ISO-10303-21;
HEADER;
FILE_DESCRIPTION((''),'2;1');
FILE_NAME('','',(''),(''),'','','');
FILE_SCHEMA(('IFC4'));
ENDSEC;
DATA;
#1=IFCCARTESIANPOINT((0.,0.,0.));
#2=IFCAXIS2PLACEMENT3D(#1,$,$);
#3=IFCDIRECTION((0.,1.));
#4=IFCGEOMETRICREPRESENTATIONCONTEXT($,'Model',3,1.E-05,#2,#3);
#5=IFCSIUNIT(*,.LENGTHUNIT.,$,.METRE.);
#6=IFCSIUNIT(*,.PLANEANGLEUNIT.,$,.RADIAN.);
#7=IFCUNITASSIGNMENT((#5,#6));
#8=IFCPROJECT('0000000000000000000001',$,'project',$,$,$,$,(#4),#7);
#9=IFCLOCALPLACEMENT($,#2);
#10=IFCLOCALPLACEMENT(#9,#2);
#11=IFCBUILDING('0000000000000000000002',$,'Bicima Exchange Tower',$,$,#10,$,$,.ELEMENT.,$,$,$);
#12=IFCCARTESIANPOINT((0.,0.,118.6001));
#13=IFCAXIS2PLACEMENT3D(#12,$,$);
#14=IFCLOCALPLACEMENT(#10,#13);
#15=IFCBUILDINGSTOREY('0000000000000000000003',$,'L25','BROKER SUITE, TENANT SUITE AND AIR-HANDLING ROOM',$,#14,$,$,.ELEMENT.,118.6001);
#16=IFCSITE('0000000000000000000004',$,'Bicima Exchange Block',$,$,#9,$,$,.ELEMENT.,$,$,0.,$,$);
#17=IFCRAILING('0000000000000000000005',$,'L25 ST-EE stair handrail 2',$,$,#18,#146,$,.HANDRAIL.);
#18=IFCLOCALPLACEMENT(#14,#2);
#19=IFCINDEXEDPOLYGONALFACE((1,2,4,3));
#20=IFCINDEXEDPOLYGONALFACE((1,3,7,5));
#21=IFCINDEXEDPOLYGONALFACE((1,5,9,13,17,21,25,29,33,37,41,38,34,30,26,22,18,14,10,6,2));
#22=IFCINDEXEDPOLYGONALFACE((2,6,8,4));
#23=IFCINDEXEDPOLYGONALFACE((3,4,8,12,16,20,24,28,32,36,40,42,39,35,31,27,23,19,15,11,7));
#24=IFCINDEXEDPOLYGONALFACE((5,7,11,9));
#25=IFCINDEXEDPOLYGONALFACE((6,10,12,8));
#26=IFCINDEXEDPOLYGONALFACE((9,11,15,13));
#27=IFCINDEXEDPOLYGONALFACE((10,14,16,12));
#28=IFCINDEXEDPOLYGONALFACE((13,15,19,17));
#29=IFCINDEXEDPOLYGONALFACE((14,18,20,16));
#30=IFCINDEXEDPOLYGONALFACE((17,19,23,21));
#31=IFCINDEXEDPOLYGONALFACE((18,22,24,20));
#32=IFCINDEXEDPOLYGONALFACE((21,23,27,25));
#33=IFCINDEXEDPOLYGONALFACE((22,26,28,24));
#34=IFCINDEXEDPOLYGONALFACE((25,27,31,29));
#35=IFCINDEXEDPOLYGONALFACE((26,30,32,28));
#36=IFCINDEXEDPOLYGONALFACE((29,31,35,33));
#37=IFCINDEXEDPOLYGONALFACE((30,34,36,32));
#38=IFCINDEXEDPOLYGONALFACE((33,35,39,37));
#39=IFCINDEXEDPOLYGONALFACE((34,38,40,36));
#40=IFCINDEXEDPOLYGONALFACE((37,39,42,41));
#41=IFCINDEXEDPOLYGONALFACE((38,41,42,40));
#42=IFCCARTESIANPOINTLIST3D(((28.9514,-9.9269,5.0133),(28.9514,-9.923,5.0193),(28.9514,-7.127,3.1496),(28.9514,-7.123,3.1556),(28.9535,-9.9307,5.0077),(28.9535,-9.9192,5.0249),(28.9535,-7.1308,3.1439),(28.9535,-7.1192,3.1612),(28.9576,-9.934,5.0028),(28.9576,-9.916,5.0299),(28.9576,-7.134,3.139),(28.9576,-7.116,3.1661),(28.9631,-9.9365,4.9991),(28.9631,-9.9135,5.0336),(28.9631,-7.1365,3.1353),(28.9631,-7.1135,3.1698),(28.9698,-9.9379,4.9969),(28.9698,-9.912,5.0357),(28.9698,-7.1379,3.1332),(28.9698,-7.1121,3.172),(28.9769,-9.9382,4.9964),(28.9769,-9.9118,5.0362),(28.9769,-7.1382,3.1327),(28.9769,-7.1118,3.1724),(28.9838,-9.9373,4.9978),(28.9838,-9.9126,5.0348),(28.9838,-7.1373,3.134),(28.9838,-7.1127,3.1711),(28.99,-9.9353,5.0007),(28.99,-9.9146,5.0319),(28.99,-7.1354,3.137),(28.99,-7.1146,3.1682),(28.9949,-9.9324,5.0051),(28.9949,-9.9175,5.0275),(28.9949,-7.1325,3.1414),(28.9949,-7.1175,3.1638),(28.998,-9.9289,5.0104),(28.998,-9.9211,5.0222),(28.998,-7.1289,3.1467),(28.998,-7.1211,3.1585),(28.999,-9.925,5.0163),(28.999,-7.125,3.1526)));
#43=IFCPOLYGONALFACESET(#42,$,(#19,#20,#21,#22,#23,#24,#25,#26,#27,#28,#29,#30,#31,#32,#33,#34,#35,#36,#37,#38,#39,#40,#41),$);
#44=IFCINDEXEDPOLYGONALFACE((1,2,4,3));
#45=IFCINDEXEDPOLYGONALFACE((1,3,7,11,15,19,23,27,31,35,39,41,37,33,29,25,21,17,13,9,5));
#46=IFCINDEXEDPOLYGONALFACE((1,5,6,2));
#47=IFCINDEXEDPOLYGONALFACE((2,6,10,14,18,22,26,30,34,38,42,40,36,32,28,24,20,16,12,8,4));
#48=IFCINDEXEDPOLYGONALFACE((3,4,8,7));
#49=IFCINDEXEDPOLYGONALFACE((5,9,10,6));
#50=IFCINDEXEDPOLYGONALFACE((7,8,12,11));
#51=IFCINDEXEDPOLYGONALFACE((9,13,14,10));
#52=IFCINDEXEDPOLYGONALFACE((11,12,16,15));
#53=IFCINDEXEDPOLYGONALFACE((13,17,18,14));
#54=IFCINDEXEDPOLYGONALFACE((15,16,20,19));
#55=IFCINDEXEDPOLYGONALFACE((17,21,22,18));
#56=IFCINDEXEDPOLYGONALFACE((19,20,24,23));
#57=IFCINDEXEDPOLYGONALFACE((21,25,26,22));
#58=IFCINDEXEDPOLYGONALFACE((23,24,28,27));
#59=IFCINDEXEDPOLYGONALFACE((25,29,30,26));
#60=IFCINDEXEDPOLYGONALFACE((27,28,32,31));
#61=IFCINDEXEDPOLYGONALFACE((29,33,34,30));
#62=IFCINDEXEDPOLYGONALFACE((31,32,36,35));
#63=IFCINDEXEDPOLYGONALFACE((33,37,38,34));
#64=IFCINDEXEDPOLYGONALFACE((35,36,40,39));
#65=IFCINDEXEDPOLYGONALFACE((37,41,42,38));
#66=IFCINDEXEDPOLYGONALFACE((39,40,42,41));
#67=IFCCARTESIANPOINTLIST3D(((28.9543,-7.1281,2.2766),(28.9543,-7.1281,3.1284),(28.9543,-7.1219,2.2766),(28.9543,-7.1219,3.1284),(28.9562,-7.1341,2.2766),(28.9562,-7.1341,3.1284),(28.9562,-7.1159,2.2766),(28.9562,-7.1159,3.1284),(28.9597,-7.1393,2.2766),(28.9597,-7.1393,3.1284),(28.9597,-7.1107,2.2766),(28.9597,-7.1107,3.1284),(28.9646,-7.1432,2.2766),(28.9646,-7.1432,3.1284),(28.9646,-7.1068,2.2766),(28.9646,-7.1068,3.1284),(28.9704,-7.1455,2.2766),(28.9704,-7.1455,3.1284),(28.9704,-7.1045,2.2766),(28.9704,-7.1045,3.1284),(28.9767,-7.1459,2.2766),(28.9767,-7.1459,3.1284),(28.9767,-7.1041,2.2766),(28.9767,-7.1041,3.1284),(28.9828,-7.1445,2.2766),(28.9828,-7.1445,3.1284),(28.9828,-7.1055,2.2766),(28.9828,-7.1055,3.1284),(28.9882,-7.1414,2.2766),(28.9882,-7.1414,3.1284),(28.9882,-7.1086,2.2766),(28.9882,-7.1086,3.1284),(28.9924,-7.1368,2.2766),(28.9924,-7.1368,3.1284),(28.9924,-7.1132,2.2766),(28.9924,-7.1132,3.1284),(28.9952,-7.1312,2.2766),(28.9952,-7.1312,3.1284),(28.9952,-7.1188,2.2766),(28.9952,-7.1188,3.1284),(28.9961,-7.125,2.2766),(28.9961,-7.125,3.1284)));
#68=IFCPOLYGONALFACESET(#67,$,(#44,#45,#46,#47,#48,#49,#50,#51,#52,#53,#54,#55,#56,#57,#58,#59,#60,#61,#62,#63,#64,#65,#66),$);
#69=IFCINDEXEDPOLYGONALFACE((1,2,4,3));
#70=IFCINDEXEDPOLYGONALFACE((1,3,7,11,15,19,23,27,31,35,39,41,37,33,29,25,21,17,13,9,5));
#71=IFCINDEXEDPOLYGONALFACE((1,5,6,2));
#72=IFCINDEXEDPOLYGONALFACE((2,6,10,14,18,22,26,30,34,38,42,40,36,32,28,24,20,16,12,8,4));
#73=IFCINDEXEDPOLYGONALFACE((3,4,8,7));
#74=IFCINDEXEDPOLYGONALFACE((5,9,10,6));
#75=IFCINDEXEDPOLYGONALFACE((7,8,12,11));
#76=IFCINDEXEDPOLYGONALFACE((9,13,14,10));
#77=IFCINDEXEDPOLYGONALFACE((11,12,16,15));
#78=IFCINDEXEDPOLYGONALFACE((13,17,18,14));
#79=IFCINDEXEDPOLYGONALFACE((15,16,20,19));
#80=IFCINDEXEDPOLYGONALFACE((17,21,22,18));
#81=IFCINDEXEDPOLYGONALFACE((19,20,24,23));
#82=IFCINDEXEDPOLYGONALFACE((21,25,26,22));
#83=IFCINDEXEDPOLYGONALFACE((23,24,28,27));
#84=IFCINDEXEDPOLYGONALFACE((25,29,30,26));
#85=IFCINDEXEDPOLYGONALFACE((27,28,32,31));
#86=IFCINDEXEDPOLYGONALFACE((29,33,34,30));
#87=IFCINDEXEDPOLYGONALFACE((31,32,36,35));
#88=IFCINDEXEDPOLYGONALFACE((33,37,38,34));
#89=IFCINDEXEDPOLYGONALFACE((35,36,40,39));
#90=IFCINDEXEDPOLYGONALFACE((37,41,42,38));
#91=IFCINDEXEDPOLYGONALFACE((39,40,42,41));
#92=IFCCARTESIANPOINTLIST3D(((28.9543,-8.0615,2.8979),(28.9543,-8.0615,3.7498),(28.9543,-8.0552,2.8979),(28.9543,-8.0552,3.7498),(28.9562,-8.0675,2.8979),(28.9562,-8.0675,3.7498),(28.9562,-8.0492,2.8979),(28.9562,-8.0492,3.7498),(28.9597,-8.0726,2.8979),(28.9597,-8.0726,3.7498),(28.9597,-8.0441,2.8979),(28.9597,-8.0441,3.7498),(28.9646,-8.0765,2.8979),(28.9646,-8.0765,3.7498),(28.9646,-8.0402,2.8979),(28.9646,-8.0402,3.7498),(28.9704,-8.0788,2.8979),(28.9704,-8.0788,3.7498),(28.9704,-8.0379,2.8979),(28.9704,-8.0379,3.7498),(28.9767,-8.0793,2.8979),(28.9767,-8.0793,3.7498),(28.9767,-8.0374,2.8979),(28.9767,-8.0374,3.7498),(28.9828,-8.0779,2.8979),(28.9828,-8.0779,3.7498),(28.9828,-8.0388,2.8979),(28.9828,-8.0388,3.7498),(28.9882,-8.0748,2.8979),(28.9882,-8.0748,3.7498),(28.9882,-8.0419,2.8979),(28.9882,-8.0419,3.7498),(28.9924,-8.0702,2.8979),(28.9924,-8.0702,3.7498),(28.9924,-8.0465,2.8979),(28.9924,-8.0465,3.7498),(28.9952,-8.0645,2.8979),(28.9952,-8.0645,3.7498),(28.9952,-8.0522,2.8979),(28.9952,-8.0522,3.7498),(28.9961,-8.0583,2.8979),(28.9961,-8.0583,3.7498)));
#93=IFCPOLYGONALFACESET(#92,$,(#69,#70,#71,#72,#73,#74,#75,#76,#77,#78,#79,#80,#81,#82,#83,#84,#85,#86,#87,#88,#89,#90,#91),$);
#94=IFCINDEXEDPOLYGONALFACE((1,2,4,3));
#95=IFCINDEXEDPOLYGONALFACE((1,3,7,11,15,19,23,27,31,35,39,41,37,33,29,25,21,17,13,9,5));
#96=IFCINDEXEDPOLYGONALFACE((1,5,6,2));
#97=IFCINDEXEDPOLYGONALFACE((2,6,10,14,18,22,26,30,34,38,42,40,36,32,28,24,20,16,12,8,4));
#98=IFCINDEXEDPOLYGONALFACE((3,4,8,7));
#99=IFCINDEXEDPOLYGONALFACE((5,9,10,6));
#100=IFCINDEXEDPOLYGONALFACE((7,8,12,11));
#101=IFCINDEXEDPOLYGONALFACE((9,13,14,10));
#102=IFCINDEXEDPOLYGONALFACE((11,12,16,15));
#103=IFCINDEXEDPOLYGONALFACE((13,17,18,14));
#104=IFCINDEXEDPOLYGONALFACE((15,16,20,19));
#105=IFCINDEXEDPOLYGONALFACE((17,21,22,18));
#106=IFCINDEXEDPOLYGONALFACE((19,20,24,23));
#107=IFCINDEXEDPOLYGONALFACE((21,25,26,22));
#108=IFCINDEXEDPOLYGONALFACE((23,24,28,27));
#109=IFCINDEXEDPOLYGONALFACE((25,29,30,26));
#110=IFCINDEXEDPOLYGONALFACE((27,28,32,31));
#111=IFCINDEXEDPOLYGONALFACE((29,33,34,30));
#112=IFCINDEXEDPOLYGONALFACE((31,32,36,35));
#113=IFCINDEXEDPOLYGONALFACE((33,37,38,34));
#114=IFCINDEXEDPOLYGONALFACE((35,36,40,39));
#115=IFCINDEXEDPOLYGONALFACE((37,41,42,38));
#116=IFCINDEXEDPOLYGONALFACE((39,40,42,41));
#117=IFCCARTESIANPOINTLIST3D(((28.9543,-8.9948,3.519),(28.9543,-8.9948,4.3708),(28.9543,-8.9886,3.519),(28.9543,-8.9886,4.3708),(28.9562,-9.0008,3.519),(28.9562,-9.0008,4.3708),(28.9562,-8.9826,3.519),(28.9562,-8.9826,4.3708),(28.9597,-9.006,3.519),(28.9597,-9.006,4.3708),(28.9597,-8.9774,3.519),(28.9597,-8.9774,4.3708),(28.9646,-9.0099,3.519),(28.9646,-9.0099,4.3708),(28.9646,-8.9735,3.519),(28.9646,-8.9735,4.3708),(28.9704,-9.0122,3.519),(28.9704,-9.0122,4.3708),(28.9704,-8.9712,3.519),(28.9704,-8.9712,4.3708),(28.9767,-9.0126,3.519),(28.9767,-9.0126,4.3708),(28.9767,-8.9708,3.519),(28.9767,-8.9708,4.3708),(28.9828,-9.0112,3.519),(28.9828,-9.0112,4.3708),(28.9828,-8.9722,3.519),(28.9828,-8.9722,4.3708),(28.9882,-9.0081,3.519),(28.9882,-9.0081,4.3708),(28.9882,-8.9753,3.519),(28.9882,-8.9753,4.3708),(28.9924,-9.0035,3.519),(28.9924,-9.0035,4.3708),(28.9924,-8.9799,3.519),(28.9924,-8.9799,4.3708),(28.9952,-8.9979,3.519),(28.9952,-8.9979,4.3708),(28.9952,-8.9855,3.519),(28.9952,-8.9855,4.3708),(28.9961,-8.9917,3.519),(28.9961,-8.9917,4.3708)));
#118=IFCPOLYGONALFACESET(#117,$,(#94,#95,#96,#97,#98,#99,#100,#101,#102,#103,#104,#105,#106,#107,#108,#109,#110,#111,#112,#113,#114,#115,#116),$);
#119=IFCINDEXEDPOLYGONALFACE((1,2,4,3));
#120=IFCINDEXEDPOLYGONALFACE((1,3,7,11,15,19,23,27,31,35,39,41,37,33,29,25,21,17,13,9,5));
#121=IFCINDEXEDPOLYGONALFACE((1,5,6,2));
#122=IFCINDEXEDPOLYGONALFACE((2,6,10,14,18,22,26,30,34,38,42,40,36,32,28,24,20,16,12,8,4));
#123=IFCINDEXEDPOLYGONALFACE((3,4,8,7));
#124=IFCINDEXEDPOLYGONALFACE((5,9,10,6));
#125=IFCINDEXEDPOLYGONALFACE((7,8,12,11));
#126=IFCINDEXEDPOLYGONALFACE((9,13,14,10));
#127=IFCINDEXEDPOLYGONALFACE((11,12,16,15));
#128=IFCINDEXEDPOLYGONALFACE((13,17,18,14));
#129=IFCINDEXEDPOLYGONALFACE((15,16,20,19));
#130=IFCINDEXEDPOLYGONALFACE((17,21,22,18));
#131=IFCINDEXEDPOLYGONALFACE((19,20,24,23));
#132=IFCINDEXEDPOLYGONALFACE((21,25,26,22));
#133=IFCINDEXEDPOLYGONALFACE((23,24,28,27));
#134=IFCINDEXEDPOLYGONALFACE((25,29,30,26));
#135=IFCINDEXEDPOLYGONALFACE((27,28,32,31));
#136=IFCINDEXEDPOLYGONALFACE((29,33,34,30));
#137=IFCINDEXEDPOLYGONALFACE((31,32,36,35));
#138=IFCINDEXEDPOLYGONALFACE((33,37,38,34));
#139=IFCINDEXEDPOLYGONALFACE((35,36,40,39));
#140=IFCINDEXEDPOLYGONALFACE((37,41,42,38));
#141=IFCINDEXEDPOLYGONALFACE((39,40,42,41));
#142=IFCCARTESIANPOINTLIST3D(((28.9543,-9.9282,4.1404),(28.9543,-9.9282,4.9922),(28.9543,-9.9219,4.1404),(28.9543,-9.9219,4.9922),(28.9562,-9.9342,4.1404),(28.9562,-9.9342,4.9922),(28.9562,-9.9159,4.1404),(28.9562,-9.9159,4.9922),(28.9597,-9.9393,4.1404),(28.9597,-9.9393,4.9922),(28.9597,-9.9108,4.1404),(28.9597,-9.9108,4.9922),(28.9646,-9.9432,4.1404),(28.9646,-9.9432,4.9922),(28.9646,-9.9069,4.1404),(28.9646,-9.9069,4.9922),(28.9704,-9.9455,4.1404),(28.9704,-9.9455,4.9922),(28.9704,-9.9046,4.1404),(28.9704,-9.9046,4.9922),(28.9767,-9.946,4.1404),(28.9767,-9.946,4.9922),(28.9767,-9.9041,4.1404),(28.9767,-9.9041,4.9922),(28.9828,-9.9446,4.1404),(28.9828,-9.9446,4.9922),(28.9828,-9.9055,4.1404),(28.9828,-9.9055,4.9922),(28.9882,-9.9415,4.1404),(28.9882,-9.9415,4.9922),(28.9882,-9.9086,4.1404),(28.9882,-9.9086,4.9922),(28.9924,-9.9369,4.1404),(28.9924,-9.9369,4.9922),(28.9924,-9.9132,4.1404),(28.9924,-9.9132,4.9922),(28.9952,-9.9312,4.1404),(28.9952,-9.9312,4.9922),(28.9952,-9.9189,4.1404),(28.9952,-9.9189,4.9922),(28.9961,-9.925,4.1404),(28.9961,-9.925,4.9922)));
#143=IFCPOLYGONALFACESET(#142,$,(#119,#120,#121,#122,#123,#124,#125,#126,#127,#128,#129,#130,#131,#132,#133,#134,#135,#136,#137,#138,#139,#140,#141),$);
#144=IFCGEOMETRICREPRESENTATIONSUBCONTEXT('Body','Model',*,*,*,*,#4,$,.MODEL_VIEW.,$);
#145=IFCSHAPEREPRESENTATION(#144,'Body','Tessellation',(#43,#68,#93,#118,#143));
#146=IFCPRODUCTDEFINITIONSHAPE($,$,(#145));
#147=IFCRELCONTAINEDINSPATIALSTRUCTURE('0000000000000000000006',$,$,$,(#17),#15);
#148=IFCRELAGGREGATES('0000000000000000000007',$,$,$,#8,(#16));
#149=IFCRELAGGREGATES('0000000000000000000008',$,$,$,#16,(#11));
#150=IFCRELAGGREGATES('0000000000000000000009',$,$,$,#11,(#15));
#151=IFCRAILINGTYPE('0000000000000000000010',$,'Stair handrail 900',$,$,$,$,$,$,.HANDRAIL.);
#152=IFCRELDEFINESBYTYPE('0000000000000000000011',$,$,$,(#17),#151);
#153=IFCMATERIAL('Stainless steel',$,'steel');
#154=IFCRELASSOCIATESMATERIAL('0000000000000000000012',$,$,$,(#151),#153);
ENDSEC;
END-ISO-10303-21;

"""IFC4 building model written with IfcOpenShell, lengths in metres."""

from ifc_helpers import new_model, si_unit, direction, frame, origin, origin_2d, place, context, subcontext, project, spatial, circle, extrude, material, type_object, element, save


model = new_model("IFC4")

# Units and contexts
model_context = context("Model", 3, precision=1e-05, world=origin(), true_north=direction((0.0, 1.0)))
body_context = subcontext(model_context, "Body", "Model", "MODEL_VIEW")
ifc_project = project(units=[si_unit("LENGTHUNIT", "METRE"), si_unit("PLANEANGLEUNIT", "RADIAN")], contexts=[model_context])

# Site, building, storey
site_placement = place(None, origin())
site = spatial("IfcSite", under=ifc_project, at=site_placement, Name="Bicima Exchange Block", CompositionType="ELEMENT", RefElevation=0.0)
building_placement = place(site_placement, origin())
building = spatial("IfcBuilding", under=site, at=building_placement, Name="Bicima Exchange Tower", CompositionType="ELEMENT")
storey_placement = place(building_placement, frame((0.0, 0.0, 118.6001)))
storey = spatial("IfcBuildingStorey", under=building, at=storey_placement, Name="L25", Description="BROKER SUITE, TENANT SUITE AND AIR-HANDLING ROOM", CompositionType="ELEMENT", Elevation=118.6001)

# Railing
ifc_material_1 = material(Name="Stainless steel", Category="steel")
railing_type_1 = type_object("IfcRailingType", Name="Stair handrail 900", PredefinedType="HANDRAIL", material=ifc_material_1)
railing_1_placement = place(storey_placement, frame((28.9751, -7.125, 2.2766)))
element("IfcRailing", 1, at=railing_1_placement, inside=storey, type_object=railing_type_1, Name="L25 ST-EE stair handrail 2", PredefinedType="HANDRAIL", context=body_context, shape_type="SweptSolid", body=[
    extrude(circle(Radius=0.0239, at=origin_2d()), frame((0.0, 0.0, 0.876), z_axis=(0.0, -0.832452, 0.554097), x_axis=(1.0, 0.0, 0.0)), (0.0, 0.0, 1.0), 3.3635),
    extrude(circle(Radius=0.021, at=origin_2d()), origin(), (0.0, 0.0, 1.0), 0.8518),
    extrude(circle(Radius=0.021, at=origin_2d()), frame((0.0, -0.9333, 0.6213)), (0.0, 0.0, 1.0), 0.8518),
    extrude(circle(Radius=0.021, at=origin_2d()), frame((0.0, -1.8667, 1.2424)), (0.0, 0.0, 1.0), 0.8518),
    extrude(circle(Radius=0.021, at=origin_2d()), frame((0.0, -2.8, 1.8638)), (0.0, 0.0, 1.0), 0.8518),
])

save(model, "model.ifc")
